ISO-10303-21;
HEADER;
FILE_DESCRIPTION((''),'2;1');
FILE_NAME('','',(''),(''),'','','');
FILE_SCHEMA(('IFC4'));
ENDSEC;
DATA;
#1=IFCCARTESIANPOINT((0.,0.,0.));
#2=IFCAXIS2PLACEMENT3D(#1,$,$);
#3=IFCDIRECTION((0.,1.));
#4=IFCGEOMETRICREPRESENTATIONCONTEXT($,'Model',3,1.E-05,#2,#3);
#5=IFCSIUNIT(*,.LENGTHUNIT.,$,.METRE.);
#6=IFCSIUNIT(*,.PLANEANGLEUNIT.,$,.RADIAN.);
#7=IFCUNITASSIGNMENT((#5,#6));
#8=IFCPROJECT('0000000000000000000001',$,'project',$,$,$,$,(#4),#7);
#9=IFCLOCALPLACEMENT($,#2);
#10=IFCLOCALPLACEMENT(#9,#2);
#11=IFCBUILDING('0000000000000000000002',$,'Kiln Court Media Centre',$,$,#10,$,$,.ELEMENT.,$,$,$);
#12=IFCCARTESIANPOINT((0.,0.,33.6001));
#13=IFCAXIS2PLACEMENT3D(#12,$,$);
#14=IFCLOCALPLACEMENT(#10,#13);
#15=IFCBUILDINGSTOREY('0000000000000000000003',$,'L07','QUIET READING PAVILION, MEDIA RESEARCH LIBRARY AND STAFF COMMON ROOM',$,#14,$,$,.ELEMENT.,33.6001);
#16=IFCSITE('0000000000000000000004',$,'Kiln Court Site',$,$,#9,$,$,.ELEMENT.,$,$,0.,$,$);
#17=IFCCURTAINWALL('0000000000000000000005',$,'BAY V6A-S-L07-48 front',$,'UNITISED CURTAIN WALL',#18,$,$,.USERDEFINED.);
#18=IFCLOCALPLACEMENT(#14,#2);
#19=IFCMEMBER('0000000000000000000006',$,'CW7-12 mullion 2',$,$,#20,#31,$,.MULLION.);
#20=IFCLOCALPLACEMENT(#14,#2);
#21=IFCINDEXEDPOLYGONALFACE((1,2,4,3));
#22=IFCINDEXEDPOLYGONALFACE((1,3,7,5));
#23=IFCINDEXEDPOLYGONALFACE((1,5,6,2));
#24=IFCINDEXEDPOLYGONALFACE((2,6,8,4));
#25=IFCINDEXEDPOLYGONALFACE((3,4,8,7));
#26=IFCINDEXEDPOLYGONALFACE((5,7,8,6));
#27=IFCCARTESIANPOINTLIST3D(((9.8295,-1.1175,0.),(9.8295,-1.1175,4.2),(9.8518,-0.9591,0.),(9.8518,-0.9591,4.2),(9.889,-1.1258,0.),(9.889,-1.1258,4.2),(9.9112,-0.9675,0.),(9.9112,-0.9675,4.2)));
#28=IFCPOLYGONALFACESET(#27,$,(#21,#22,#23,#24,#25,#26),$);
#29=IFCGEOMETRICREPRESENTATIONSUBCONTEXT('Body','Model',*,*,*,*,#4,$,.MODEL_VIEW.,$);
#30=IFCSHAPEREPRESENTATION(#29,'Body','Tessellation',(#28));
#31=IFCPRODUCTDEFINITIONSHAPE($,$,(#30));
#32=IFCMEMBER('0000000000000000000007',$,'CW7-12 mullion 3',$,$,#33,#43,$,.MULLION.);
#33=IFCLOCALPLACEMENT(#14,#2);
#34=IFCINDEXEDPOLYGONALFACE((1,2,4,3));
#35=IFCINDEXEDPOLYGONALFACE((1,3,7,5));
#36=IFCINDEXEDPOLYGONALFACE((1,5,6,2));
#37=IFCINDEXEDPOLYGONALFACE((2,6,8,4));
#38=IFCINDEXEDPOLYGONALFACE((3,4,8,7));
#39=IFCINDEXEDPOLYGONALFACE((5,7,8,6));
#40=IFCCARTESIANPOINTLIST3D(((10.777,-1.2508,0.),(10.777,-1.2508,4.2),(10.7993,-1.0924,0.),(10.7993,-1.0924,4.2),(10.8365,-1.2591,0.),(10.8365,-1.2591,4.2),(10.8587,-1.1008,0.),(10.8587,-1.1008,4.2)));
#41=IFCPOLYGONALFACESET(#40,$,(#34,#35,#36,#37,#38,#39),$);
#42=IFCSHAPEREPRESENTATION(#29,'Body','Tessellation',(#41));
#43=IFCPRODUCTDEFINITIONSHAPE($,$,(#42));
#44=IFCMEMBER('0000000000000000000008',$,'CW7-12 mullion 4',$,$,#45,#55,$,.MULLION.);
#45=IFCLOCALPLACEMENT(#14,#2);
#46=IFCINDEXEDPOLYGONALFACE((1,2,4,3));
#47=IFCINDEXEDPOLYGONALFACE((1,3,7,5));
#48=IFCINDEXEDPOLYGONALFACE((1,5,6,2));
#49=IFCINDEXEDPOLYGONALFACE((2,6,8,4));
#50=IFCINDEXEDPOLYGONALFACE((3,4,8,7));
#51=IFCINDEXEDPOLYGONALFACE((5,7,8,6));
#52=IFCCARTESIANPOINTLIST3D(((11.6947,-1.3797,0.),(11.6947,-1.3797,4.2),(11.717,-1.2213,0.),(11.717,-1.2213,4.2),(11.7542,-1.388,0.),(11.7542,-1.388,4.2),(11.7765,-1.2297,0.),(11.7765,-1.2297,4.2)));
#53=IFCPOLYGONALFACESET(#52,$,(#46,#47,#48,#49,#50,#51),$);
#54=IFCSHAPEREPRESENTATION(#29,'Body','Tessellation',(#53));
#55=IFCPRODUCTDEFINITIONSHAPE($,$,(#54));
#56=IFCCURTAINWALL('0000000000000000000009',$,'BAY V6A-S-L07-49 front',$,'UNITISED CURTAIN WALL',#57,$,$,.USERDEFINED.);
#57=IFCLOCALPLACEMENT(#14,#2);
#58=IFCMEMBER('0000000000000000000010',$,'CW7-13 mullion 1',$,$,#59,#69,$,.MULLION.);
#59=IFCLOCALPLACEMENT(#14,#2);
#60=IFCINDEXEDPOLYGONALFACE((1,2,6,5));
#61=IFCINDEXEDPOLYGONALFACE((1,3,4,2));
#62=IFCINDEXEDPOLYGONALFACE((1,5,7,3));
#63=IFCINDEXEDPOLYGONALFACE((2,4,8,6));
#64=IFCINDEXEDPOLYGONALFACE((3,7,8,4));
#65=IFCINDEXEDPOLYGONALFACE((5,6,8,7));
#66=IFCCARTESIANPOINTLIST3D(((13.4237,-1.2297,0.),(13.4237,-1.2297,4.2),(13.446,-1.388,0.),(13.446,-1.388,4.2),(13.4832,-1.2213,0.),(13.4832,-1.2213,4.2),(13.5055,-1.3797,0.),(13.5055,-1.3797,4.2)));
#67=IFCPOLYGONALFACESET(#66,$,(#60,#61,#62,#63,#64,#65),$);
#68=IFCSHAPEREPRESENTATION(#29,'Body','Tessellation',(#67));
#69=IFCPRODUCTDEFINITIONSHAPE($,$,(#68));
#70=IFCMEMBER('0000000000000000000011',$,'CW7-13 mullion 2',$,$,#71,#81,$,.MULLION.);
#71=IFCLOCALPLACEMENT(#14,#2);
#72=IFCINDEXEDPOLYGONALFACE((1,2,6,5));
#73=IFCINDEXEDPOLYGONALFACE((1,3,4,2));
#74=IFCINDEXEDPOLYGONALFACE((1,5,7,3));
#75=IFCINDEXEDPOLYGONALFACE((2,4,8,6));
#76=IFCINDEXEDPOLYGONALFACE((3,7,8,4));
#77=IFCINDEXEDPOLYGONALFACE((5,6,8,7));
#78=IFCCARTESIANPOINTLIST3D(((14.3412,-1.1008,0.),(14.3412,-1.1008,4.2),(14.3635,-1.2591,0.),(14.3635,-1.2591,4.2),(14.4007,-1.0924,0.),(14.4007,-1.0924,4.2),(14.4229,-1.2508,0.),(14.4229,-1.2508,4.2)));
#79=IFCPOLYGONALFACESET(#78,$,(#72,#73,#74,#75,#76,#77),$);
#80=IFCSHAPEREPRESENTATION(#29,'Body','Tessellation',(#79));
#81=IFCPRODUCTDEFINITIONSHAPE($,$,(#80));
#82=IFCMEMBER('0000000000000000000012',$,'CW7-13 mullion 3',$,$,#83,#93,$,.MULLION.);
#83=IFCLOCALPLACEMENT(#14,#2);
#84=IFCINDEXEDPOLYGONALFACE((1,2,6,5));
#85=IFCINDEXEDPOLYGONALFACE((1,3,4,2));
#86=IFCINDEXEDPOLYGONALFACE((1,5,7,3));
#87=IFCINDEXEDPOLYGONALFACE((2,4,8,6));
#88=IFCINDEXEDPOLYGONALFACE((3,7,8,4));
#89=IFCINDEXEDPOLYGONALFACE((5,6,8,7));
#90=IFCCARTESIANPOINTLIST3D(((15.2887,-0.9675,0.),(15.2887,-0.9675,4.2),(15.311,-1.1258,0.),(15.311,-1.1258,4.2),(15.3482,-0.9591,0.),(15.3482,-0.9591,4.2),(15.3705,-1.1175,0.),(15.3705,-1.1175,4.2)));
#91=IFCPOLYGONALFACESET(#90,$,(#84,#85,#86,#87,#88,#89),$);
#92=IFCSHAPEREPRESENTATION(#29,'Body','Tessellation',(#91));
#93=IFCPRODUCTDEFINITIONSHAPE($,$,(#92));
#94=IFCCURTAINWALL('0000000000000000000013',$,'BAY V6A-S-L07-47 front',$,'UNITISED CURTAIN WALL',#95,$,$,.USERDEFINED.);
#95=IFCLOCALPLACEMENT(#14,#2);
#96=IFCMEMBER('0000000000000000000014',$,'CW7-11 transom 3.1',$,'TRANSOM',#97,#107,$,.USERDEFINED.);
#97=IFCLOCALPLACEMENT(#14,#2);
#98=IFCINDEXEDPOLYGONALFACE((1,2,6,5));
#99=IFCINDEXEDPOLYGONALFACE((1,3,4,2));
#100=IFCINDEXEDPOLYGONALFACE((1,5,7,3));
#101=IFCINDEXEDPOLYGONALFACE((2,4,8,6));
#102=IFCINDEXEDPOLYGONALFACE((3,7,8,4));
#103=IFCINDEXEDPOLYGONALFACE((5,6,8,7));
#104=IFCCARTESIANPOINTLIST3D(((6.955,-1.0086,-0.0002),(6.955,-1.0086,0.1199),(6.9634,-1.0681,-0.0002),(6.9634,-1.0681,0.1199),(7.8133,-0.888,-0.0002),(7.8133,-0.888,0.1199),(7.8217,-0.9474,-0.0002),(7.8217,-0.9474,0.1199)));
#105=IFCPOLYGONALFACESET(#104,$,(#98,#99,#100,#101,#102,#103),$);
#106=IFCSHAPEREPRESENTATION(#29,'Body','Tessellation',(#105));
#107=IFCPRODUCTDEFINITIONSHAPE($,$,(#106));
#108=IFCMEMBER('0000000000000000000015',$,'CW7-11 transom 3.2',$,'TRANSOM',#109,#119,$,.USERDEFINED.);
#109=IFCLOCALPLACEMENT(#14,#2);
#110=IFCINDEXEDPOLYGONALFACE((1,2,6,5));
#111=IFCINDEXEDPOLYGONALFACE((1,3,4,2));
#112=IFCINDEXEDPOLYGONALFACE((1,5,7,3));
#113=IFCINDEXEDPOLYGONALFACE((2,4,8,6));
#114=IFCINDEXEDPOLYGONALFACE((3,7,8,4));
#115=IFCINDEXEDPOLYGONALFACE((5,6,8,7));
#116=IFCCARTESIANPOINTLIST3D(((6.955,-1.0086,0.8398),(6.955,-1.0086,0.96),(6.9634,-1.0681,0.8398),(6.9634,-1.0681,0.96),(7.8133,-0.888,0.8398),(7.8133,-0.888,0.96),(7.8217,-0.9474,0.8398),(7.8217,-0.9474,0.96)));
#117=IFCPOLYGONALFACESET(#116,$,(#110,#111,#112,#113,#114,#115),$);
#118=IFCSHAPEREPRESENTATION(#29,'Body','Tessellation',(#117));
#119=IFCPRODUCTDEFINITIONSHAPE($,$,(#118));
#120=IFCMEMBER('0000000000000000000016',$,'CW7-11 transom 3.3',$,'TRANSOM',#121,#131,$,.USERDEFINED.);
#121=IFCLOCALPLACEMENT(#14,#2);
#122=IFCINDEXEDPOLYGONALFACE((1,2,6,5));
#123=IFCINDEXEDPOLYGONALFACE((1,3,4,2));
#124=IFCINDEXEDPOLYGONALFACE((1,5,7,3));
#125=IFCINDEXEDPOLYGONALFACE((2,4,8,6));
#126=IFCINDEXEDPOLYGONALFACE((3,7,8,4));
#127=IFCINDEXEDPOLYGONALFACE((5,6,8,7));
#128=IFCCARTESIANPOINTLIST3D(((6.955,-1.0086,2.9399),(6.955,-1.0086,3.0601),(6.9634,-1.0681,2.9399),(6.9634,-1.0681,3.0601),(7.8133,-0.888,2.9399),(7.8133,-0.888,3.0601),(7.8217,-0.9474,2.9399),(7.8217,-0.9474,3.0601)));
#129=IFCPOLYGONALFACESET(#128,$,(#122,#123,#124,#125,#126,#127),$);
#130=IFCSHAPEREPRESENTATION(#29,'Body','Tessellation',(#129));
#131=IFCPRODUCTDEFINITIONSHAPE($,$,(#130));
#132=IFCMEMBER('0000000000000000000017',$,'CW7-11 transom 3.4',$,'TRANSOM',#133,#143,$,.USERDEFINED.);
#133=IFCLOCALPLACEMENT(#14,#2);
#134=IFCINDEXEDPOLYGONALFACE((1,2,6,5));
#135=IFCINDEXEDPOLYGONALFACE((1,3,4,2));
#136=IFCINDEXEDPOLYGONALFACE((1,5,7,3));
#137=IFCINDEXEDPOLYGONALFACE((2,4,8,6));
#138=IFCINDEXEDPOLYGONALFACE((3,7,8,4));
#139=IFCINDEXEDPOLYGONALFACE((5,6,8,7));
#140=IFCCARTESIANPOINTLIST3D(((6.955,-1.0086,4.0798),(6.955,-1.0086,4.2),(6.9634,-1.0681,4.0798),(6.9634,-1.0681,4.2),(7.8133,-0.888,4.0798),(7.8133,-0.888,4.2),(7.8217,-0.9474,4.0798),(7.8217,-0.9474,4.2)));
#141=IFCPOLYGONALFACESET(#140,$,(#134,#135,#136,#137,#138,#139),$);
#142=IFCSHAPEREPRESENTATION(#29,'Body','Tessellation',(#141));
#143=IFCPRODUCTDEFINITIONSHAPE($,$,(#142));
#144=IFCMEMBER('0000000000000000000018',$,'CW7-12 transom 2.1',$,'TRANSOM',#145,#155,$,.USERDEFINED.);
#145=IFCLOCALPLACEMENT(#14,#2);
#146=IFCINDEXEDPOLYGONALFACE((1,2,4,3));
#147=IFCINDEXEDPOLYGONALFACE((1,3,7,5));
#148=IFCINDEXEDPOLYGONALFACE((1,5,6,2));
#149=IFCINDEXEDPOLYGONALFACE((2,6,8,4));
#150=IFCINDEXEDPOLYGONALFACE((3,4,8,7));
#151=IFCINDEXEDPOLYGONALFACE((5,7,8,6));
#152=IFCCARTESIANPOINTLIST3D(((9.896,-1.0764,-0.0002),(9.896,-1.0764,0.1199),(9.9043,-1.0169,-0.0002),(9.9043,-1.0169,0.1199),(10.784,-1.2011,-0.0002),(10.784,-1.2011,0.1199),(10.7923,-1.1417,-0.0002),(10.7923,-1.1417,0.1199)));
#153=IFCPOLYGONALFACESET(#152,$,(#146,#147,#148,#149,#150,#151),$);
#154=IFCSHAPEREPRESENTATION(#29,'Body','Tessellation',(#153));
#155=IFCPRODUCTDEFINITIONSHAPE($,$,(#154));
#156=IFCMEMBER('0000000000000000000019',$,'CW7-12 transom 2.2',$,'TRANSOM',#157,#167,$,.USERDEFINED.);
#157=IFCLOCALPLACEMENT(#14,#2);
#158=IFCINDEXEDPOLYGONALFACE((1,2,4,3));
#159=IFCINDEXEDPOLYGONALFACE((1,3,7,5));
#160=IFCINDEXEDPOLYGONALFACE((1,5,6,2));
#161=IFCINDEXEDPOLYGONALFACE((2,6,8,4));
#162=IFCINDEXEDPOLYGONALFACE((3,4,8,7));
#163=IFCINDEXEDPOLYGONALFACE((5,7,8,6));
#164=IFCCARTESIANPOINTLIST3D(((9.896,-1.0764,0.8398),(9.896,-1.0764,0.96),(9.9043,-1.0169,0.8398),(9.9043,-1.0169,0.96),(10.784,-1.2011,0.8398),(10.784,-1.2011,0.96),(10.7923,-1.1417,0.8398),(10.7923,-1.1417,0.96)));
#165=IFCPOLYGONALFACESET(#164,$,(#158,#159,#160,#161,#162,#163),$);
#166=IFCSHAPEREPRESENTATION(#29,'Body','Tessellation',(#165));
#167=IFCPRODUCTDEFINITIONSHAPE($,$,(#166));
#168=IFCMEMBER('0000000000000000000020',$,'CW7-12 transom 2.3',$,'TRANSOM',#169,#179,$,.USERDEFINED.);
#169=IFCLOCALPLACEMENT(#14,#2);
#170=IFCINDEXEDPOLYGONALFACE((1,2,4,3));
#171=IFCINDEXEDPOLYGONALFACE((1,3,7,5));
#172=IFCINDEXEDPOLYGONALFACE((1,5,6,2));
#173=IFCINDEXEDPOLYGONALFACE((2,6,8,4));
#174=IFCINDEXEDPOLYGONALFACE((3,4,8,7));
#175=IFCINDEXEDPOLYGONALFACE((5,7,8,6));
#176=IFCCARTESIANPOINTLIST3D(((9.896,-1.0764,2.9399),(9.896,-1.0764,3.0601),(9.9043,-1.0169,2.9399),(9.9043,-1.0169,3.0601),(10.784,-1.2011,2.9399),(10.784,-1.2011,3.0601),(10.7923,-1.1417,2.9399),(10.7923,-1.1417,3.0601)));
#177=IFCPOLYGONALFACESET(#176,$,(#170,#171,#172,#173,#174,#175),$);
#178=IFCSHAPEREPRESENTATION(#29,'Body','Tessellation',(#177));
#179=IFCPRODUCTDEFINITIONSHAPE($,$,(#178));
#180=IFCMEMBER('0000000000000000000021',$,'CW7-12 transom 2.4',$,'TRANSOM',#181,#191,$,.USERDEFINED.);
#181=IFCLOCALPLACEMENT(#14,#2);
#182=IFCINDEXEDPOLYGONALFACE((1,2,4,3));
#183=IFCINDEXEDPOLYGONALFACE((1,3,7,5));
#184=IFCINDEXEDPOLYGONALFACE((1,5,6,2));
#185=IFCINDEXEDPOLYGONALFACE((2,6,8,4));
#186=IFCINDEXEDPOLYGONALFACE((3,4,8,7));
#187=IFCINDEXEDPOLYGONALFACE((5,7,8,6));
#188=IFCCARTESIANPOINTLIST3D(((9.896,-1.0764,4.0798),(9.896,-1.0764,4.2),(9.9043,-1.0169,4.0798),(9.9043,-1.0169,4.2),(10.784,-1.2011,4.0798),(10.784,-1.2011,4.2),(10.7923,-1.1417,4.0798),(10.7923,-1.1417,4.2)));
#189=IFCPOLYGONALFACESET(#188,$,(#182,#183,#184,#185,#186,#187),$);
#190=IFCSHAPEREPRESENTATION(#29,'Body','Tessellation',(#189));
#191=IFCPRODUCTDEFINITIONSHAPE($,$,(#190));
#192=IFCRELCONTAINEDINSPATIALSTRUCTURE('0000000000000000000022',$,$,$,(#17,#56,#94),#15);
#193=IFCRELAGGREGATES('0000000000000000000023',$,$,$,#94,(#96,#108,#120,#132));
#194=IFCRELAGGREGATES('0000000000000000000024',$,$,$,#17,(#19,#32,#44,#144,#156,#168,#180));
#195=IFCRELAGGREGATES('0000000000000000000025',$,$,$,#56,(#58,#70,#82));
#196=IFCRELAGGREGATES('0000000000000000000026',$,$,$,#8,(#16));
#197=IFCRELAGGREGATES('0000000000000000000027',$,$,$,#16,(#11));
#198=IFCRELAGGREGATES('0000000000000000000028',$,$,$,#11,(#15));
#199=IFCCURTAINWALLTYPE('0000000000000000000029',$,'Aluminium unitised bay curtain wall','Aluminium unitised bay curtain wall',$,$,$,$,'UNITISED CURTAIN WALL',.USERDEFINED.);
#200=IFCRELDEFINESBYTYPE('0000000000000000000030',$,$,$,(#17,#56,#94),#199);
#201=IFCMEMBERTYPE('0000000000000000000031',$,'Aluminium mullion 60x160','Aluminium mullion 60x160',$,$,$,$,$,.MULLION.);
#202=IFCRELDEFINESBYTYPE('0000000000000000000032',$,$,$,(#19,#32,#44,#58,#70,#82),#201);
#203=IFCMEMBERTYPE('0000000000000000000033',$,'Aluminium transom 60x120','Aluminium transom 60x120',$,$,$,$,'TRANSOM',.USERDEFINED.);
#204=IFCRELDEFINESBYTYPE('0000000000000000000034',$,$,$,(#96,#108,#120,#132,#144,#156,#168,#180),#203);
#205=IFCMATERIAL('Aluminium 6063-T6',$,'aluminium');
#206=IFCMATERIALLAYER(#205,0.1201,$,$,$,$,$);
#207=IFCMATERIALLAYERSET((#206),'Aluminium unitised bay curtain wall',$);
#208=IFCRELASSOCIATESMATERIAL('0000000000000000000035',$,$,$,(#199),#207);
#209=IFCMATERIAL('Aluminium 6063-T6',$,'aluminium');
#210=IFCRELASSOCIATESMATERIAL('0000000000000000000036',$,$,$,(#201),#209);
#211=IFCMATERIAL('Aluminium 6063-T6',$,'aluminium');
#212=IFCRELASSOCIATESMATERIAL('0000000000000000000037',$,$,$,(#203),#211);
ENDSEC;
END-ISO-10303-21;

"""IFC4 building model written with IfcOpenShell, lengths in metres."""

from ifc_helpers import new_model, si_unit, direction, frame, origin, origin_2d, place, context, subcontext, project, spatial, rectangle, extrude, material, layer, layer_set, material_profile, profile_set, type_object, element, aggregate, save


model = new_model("IFC4")

# Units and contexts
model_context = context("Model", 3, precision=1e-05, world=origin(), true_north=direction((0.0, 1.0)))
body_context = subcontext(model_context, "Body", "Model", "MODEL_VIEW")
ifc_project = project(units=[si_unit("LENGTHUNIT", "METRE"), si_unit("PLANEANGLEUNIT", "RADIAN")], contexts=[model_context])

# Site, building, storey
site_placement = place(None, origin())
site = spatial("IfcSite", under=ifc_project, at=site_placement, Name="Kiln Court Site", CompositionType="ELEMENT", RefElevation=0.0)
building_placement = place(site_placement, origin())
building = spatial("IfcBuilding", under=site, at=building_placement, Name="Kiln Court Media Centre", CompositionType="ELEMENT")
storey_placement = place(building_placement, frame((0.0, 0.0, 33.6001)))
storey = spatial("IfcBuildingStorey", under=building, at=storey_placement, Name="L07", Description="QUIET READING PAVILION, MEDIA RESEARCH LIBRARY AND STAFF COMMON ROOM", CompositionType="ELEMENT", Elevation=33.6001)

# Curtain walls, members
ifc_material_1 = material(Name="Aluminium 6063-T6", Category="aluminium")
ifc_layer_1 = layer(ifc_material_1, 0.1201)
ifc_layer_set_1 = layer_set([ifc_layer_1], Name="Aluminium unitised bay curtain wall")
curtain_wall_type = type_object("IfcCurtainWallType", Name="Aluminium unitised bay curtain wall", Description="Aluminium unitised bay curtain wall", ElementType="UNITISED CURTAIN WALL", PredefinedType="USERDEFINED", material=ifc_layer_set_1)
curtain_wall_1_placement = place(storey_placement, origin())
curtain_wall_1 = element("IfcCurtainWall", 1, at=curtain_wall_1_placement, inside=storey, type_object=curtain_wall_type, Name="BAY V6A-S-L07-48 front", ObjectType="UNITISED CURTAIN WALL", PredefinedType="USERDEFINED")
ifc_material_2 = material(Name="Aluminium 6063-T6", Category="aluminium")
ifc_material_profile_1 = material_profile(ifc_material_2, rectangle(XDim=0.0601, YDim=0.1599, at=origin_2d()), Name="Aluminium mullion 60x160")
ifc_profile_set_1 = profile_set([ifc_material_profile_1], Name="Aluminium 6063-T6")
member_type_1 = type_object("IfcMemberType", Name="Aluminium mullion 60x160", Description="Aluminium mullion 60x160", PredefinedType="MULLION", material=ifc_profile_set_1)
member_1_placement = place(storey_placement, frame((9.8704, -1.0425, 0.0), z_axis=(0.0, 0.0, 1.0), x_axis=(0.99027, -0.139162, 0.0)))
member_1 = element("IfcMember", 2, at=member_1_placement, type_object=member_type_1, Name="CW7-12 mullion 2", PredefinedType="MULLION", context=body_context, shape_type="SweptSolid", body=[
    extrude(rectangle(XDim=0.0601, YDim=0.1599, at=origin_2d()), origin(), (0.0, 0.0, 1.0), 4.2),
])
member_2_placement = place(storey_placement, frame((10.8179, -1.1758, 0.0), z_axis=(0.0, 0.0, 1.0), x_axis=(0.99027, -0.139162, 0.0)))
member_2 = element("IfcMember", 3, at=member_2_placement, type_object=member_type_1, Name="CW7-12 mullion 3", PredefinedType="MULLION", context=body_context, shape_type="SweptSolid", body=[
    extrude(rectangle(XDim=0.0601, YDim=0.1599, at=origin_2d()), origin(), (0.0, 0.0, 1.0), 4.2),
])
member_3_placement = place(storey_placement, frame((11.7356, -1.3047, 0.0), z_axis=(0.0, 0.0, 1.0), x_axis=(0.99027, -0.139162, 0.0)))
member_3 = element("IfcMember", 4, at=member_3_placement, type_object=member_type_1, Name="CW7-12 mullion 4", PredefinedType="MULLION", context=body_context, shape_type="SweptSolid", body=[
    extrude(rectangle(XDim=0.0601, YDim=0.1599, at=origin_2d()), origin(), (0.0, 0.0, 1.0), 4.2),
])
curtain_wall_2_placement = place(storey_placement, origin())
curtain_wall_2 = element("IfcCurtainWall", 5, at=curtain_wall_2_placement, inside=storey, type_object=curtain_wall_type, Name="BAY V6A-S-L07-49 front", ObjectType="UNITISED CURTAIN WALL", PredefinedType="USERDEFINED")
member_4_placement = place(storey_placement, frame((13.4646, -1.3047, 0.0), z_axis=(0.0, 0.0, 1.0), x_axis=(0.99027, 0.139162, 0.0)))
member_4 = element("IfcMember", 6, at=member_4_placement, type_object=member_type_1, Name="CW7-13 mullion 1", PredefinedType="MULLION", context=body_context, shape_type="SweptSolid", body=[
    extrude(rectangle(XDim=0.0601, YDim=0.1599, at=origin_2d()), origin(), (0.0, 0.0, 1.0), 4.2),
])
member_5_placement = place(storey_placement, frame((14.3821, -1.1758, 0.0), z_axis=(0.0, 0.0, 1.0), x_axis=(0.99027, 0.139162, 0.0)))
member_5 = element("IfcMember", 7, at=member_5_placement, type_object=member_type_1, Name="CW7-13 mullion 2", PredefinedType="MULLION", context=body_context, shape_type="SweptSolid", body=[
    extrude(rectangle(XDim=0.0601, YDim=0.1599, at=origin_2d()), origin(), (0.0, 0.0, 1.0), 4.2),
])
member_6_placement = place(storey_placement, frame((15.3296, -1.0425, 0.0), z_axis=(0.0, 0.0, 1.0), x_axis=(0.99027, 0.139162, 0.0)))
member_6 = element("IfcMember", 8, at=member_6_placement, type_object=member_type_1, Name="CW7-13 mullion 3", PredefinedType="MULLION", context=body_context, shape_type="SweptSolid", body=[
    extrude(rectangle(XDim=0.0601, YDim=0.1599, at=origin_2d()), origin(), (0.0, 0.0, 1.0), 4.2),
])
curtain_wall_3_placement = place(storey_placement, origin())
curtain_wall_3 = element("IfcCurtainWall", 9, at=curtain_wall_3_placement, inside=storey, type_object=curtain_wall_type, Name="BAY V6A-S-L07-47 front", ObjectType="UNITISED CURTAIN WALL", PredefinedType="USERDEFINED")
ifc_material_3 = material(Name="Aluminium 6063-T6", Category="aluminium")
ifc_material_profile_2 = material_profile(ifc_material_3, rectangle(XDim=0.0601, YDim=0.1201, at=origin_2d()), Name="Aluminium transom 60x120")
ifc_profile_set_2 = profile_set([ifc_material_profile_2], Name="Aluminium 6063-T6")
member_type_2 = type_object("IfcMemberType", Name="Aluminium transom 60x120", Description="Aluminium transom 60x120", ElementType="TRANSOM", PredefinedType="USERDEFINED", material=ifc_profile_set_2)
member_7_placement = place(storey_placement, frame((6.9592, -1.0383, 0.0598), z_axis=(0.990268, 0.139173, 0.0), x_axis=(-0.139173, 0.990268, 0.0)))
member_7 = element("IfcMember", 10, at=member_7_placement, type_object=member_type_2, Name="CW7-11 transom 3.1", ObjectType="TRANSOM", PredefinedType="USERDEFINED", context=body_context, shape_type="SweptSolid", body=[
    extrude(rectangle(XDim=0.0601, YDim=0.1201, at=origin_2d()), origin(), (0.0, 0.0, 1.0), 0.8667),
])
member_8_placement = place(storey_placement, frame((6.9592, -1.0383, 0.8999), z_axis=(0.990268, 0.139173, 0.0), x_axis=(-0.139173, 0.990268, 0.0)))
member_8 = element("IfcMember", 11, at=member_8_placement, type_object=member_type_2, Name="CW7-11 transom 3.2", ObjectType="TRANSOM", PredefinedType="USERDEFINED", context=body_context, shape_type="SweptSolid", body=[
    extrude(rectangle(XDim=0.0601, YDim=0.1201, at=origin_2d()), origin(), (0.0, 0.0, 1.0), 0.8667),
])
member_9_placement = place(storey_placement, frame((6.9592, -1.0383, 3.0), z_axis=(0.990268, 0.139173, 0.0), x_axis=(-0.139173, 0.990268, 0.0)))
member_9 = element("IfcMember", 12, at=member_9_placement, type_object=member_type_2, Name="CW7-11 transom 3.3", ObjectType="TRANSOM", PredefinedType="USERDEFINED", context=body_context, shape_type="SweptSolid", body=[
    extrude(rectangle(XDim=0.0601, YDim=0.1201, at=origin_2d()), origin(), (0.0, 0.0, 1.0), 0.8667),
])
member_10_placement = place(storey_placement, frame((6.9592, -1.0383, 4.1399), z_axis=(0.990268, 0.139173, 0.0), x_axis=(-0.139173, 0.990268, 0.0)))
member_10 = element("IfcMember", 13, at=member_10_placement, type_object=member_type_2, Name="CW7-11 transom 3.4", ObjectType="TRANSOM", PredefinedType="USERDEFINED", context=body_context, shape_type="SweptSolid", body=[
    extrude(rectangle(XDim=0.0601, YDim=0.1201, at=origin_2d()), origin(), (0.0, 0.0, 1.0), 0.8667),
])
aggregate(curtain_wall_3, [member_7, member_8, member_9, member_10])

# Members
member_11_placement = place(storey_placement, frame((9.9001, -1.0466, 0.0598), z_axis=(0.990274, -0.139134, 0.0), x_axis=(0.139134, 0.990274, 0.0)))
member_11 = element("IfcMember", 14, at=member_11_placement, type_object=member_type_2, Name="CW7-12 transom 2.1", ObjectType="TRANSOM", PredefinedType="USERDEFINED", context=body_context, shape_type="SweptSolid", body=[
    extrude(rectangle(XDim=0.0601, YDim=0.1201, at=origin_2d()), origin(), (0.0, 0.0, 1.0), 0.8967),
])
member_12_placement = place(storey_placement, frame((9.9001, -1.0466, 0.8999), z_axis=(0.990274, -0.139134, 0.0), x_axis=(0.139134, 0.990274, 0.0)))
member_12 = element("IfcMember", 15, at=member_12_placement, type_object=member_type_2, Name="CW7-12 transom 2.2", ObjectType="TRANSOM", PredefinedType="USERDEFINED", context=body_context, shape_type="SweptSolid", body=[
    extrude(rectangle(XDim=0.0601, YDim=0.1201, at=origin_2d()), origin(), (0.0, 0.0, 1.0), 0.8967),
])
member_13_placement = place(storey_placement, frame((9.9001, -1.0466, 3.0), z_axis=(0.990274, -0.139134, 0.0), x_axis=(0.139134, 0.990274, 0.0)))
member_13 = element("IfcMember", 16, at=member_13_placement, type_object=member_type_2, Name="CW7-12 transom 2.3", ObjectType="TRANSOM", PredefinedType="USERDEFINED", context=body_context, shape_type="SweptSolid", body=[
    extrude(rectangle(XDim=0.0601, YDim=0.1201, at=origin_2d()), origin(), (0.0, 0.0, 1.0), 0.8967),
])
member_14_placement = place(storey_placement, frame((9.9001, -1.0466, 4.1399), z_axis=(0.990274, -0.139134, 0.0), x_axis=(0.139134, 0.990274, 0.0)))
member_14 = element("IfcMember", 17, at=member_14_placement, type_object=member_type_2, Name="CW7-12 transom 2.4", ObjectType="TRANSOM", PredefinedType="USERDEFINED", context=body_context, shape_type="SweptSolid", body=[
    extrude(rectangle(XDim=0.0601, YDim=0.1201, at=origin_2d()), origin(), (0.0, 0.0, 1.0), 0.8967),
])

aggregate(curtain_wall_1, [member_1, member_2, member_3, member_11, member_12, member_13, member_14])
aggregate(curtain_wall_2, [member_4, member_5, member_6])

save(model, "model.ifc")
